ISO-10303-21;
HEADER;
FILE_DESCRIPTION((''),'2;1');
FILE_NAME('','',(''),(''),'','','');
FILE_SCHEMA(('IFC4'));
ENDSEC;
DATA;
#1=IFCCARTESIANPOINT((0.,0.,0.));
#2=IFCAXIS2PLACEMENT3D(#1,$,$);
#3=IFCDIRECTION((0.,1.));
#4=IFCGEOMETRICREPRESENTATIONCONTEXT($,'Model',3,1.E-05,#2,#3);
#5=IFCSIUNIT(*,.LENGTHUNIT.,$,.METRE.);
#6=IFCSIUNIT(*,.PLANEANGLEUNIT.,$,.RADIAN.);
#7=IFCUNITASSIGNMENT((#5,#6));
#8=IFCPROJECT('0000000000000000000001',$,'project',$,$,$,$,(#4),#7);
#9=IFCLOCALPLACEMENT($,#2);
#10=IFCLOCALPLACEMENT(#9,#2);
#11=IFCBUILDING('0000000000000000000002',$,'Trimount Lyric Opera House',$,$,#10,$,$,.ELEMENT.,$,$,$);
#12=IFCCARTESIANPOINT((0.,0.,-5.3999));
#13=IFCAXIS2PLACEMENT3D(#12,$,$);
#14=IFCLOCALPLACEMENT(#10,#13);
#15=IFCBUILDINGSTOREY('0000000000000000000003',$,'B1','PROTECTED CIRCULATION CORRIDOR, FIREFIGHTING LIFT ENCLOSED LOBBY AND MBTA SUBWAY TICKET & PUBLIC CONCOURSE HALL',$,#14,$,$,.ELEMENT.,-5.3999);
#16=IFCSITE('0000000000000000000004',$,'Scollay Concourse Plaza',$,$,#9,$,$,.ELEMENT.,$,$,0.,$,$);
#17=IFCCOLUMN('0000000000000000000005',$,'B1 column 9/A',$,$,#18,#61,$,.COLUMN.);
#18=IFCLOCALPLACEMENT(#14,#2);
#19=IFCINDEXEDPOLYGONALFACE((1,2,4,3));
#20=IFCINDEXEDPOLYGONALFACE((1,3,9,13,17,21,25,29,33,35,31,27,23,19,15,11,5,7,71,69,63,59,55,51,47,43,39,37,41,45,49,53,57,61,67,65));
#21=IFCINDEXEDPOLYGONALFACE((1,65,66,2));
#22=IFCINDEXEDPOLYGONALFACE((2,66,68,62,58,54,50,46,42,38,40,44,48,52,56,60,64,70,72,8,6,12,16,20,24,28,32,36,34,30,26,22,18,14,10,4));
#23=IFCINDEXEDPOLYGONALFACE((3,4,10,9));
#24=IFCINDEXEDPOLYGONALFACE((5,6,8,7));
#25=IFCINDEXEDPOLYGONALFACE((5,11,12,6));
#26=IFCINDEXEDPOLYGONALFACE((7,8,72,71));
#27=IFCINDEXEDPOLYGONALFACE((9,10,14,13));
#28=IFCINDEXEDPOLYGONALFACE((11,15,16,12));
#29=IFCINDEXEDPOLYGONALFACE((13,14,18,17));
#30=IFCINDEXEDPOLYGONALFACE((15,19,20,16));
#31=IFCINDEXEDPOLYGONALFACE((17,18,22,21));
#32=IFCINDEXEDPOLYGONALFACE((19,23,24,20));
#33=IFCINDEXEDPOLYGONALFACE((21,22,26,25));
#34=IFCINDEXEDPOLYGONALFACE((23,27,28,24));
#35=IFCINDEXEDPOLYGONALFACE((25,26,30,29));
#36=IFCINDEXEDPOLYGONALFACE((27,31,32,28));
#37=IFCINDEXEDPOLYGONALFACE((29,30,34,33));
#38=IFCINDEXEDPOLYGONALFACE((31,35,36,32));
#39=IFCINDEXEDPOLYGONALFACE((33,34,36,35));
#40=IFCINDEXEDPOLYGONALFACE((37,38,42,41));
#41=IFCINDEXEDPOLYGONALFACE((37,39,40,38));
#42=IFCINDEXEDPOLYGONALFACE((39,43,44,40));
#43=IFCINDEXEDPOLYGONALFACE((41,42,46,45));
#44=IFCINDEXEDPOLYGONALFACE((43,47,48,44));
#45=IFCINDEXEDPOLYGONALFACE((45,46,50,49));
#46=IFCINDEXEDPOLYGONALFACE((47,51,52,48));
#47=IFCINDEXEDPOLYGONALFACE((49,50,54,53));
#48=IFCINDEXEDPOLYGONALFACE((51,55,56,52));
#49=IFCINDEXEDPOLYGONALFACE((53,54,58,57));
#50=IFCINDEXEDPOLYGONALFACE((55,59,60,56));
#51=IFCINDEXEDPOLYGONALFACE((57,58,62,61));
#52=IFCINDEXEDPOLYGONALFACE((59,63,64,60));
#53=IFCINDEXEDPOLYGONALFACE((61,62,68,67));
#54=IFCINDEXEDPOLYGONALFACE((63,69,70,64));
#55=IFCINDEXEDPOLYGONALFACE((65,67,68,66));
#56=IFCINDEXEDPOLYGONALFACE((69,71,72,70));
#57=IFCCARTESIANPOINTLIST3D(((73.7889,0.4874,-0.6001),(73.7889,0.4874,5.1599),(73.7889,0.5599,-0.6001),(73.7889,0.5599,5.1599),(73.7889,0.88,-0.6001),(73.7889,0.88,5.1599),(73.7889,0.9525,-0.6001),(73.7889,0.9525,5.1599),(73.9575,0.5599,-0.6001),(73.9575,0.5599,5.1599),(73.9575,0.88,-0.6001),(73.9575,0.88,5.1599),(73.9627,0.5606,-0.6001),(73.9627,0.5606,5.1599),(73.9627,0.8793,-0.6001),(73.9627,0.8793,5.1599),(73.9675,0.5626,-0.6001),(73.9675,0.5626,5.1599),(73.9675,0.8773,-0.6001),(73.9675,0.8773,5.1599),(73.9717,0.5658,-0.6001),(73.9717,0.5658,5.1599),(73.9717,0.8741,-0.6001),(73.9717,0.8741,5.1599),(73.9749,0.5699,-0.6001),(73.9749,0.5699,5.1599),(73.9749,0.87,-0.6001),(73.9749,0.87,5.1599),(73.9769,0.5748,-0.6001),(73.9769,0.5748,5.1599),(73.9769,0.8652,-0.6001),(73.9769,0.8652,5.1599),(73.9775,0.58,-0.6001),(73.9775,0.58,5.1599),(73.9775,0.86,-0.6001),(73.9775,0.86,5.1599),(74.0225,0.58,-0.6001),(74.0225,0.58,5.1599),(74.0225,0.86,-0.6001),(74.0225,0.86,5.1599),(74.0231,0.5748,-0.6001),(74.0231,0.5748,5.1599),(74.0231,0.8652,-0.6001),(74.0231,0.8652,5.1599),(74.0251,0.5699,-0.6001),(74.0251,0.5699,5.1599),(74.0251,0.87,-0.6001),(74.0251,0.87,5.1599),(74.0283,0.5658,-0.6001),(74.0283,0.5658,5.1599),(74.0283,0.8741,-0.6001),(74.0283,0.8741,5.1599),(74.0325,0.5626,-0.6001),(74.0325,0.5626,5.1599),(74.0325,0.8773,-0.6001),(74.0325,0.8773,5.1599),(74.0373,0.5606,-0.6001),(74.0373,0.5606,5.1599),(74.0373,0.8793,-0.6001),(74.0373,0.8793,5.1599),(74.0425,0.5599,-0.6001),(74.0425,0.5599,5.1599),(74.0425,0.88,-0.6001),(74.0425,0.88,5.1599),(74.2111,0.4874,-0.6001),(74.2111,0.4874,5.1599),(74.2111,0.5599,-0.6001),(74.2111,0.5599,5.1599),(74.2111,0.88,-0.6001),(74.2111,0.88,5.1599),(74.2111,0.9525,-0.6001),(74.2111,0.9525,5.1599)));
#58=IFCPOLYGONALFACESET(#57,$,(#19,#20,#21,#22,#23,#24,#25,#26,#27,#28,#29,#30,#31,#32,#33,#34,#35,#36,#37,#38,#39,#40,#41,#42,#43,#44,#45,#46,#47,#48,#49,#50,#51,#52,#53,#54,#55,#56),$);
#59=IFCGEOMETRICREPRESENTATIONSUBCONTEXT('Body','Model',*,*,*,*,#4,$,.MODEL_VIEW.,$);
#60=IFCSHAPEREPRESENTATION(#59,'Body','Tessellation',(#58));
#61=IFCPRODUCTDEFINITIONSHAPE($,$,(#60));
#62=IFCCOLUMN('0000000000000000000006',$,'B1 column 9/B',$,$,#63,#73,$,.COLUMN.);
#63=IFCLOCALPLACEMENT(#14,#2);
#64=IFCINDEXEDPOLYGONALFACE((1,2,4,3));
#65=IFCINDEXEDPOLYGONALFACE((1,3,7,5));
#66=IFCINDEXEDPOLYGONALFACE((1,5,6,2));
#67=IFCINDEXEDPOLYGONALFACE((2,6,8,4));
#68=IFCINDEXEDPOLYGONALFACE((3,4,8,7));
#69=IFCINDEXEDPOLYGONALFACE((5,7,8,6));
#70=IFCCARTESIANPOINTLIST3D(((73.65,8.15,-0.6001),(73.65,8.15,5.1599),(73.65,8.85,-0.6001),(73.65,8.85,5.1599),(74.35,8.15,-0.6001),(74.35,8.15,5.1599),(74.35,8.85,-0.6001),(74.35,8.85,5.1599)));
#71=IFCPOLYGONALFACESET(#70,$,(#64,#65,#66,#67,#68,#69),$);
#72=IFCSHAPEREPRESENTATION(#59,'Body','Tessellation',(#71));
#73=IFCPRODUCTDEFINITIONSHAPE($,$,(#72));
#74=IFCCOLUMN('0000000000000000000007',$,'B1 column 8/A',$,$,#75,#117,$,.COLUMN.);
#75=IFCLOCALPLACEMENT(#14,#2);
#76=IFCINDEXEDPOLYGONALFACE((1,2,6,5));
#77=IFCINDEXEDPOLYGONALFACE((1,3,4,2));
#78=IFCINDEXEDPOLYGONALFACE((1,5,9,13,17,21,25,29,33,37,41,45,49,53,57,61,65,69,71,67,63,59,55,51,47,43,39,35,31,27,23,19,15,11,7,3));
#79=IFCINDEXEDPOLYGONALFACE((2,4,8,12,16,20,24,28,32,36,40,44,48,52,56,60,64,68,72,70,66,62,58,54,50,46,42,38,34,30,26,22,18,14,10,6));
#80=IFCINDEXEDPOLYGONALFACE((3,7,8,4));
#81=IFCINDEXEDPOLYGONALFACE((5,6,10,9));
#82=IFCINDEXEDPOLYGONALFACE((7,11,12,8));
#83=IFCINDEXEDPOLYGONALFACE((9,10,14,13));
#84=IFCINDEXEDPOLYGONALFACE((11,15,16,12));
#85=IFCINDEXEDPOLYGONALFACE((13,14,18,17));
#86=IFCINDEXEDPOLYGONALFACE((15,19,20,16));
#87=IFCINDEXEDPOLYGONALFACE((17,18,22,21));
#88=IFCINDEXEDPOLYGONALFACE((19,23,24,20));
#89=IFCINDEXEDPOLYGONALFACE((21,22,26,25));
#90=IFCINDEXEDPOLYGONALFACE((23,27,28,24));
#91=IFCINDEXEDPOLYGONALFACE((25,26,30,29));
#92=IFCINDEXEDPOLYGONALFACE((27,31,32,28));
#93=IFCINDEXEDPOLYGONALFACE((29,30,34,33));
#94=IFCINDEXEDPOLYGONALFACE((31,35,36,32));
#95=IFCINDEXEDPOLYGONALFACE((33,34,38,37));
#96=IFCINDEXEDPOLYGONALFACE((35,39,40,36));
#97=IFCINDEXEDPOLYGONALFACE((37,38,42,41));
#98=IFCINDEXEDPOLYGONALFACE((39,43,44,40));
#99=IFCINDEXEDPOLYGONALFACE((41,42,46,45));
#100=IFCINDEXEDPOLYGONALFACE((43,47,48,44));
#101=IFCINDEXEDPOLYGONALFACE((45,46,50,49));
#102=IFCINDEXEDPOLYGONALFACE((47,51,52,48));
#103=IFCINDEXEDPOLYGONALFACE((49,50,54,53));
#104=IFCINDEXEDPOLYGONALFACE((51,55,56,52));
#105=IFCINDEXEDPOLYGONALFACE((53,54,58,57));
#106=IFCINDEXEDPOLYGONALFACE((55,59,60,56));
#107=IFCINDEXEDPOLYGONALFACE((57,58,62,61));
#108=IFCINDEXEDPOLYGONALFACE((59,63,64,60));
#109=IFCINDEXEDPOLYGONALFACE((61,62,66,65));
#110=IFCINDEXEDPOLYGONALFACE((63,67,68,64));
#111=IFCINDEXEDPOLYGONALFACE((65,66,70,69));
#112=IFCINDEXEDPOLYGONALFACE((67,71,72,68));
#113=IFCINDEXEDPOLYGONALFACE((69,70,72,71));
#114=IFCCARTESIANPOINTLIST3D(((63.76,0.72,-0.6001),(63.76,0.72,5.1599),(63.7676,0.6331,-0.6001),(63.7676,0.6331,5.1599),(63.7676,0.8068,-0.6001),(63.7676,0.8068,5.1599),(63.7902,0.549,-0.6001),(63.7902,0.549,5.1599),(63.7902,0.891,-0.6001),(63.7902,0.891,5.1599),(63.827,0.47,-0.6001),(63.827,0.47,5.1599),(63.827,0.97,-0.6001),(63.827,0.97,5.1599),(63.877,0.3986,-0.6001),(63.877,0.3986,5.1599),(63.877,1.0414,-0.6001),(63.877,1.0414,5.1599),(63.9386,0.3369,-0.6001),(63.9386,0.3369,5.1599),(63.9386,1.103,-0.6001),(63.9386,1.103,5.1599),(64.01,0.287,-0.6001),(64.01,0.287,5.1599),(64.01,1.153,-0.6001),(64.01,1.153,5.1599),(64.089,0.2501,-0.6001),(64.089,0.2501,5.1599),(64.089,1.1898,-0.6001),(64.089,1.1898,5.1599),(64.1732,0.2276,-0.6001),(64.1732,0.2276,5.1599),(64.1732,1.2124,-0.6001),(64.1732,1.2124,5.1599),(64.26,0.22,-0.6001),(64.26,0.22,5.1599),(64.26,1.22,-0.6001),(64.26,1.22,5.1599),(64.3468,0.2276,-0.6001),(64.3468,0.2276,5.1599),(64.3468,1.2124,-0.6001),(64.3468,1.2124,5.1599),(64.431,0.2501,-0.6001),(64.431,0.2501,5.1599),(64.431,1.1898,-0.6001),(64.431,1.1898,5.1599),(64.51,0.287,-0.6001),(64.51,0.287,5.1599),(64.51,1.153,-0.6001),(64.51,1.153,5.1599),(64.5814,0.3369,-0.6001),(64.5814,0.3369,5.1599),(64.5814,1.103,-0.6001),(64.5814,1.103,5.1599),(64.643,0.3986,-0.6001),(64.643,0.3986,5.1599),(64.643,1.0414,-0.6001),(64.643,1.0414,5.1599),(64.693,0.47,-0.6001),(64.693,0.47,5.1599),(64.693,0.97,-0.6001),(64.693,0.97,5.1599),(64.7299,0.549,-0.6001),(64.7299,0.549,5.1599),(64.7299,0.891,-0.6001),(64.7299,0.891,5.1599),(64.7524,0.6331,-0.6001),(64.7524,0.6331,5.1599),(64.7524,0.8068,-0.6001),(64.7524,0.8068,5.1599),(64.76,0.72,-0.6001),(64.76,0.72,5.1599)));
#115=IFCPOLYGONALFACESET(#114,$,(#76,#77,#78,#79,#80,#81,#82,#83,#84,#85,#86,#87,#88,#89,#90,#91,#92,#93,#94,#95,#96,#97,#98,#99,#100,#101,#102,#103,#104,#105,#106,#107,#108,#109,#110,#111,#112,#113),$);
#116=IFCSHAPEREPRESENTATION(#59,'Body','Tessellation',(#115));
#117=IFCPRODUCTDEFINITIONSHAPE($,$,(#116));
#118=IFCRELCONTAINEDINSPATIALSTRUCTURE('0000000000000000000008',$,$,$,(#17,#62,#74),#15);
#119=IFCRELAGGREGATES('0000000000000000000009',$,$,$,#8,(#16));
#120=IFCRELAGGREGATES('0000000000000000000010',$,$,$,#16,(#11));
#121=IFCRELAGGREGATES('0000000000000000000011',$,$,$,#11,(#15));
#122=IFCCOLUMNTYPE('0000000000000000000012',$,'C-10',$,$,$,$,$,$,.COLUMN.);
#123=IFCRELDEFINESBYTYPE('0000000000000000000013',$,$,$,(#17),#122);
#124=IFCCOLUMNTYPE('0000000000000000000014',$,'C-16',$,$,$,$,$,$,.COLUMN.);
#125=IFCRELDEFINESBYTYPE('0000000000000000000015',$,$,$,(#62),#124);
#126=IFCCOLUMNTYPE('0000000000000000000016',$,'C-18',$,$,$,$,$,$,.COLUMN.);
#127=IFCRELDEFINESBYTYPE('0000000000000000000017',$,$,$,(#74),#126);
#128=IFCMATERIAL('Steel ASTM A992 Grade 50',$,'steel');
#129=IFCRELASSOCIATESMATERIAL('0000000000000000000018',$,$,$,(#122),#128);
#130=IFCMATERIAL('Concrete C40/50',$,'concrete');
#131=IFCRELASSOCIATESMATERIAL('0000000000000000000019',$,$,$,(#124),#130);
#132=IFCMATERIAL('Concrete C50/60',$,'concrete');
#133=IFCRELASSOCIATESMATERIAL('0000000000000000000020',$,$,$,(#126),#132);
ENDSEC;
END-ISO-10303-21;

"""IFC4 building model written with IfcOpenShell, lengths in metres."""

from ifc_helpers import new_model, si_unit, direction, frame, origin, origin_2d, place, context, subcontext, project, spatial, rectangle, circle, i_section, extrude, material, material_profile, profile_set, type_object, element, save


model = new_model("IFC4")

# Units and contexts
model_context = context("Model", 3, precision=1e-05, world=origin(), true_north=direction((0.0, 1.0)))
body_context = subcontext(model_context, "Body", "Model", "MODEL_VIEW")
ifc_project = project(units=[si_unit("LENGTHUNIT", "METRE"), si_unit("PLANEANGLEUNIT", "RADIAN")], contexts=[model_context])

# Site, building, storey
site_placement = place(None, origin())
site = spatial("IfcSite", under=ifc_project, at=site_placement, Name="Scollay Concourse Plaza", CompositionType="ELEMENT", RefElevation=0.0)
building_placement = place(site_placement, origin())
building = spatial("IfcBuilding", under=site, at=building_placement, Name="Trimount Lyric Opera House", CompositionType="ELEMENT")
storey_placement = place(building_placement, frame((0.0, 0.0, -5.3999)))
storey = spatial("IfcBuildingStorey", under=building, at=storey_placement, Name="B1", Description="PROTECTED CIRCULATION CORRIDOR, FIREFIGHTING LIFT ENCLOSED LOBBY AND MBTA SUBWAY TICKET & PUBLIC CONCOURSE HALL", CompositionType="ELEMENT", Elevation=-5.3999)

# Columns
ifc_material_1 = material(Name="Steel ASTM A992 Grade 50", Category="steel")
ifc_material_profile_1 = material_profile(ifc_material_1, i_section(OverallWidth=0.4221, OverallDepth=0.4651, WebThickness=0.0449, FlangeThickness=0.0725, FilletRadius=0.02, at=origin_2d()), Name="W14X398")
ifc_profile_set_1 = profile_set([ifc_material_profile_1], Name="Steel ASTM A992 Grade 50")
column_type_1 = type_object("IfcColumnType", Name="C-10", PredefinedType="COLUMN", material=ifc_profile_set_1)
for number, where, z_axis, x_axis, name in (
    (1, (74.0, 0.72, -0.6001), (0.0, 0.0, 1.0), (1.0, 0.0, 0.0), "B1 column 9/A"),
):
    element("IfcColumn", number, at=place(storey_placement, frame(where, z_axis=z_axis, x_axis=x_axis)), inside=storey, type_object=column_type_1, Name=name, PredefinedType="COLUMN", context=body_context, shape_type="SweptSolid", body=[
        extrude(i_section(OverallWidth=0.4221, OverallDepth=0.4651, WebThickness=0.0449, FlangeThickness=0.0725, FilletRadius=0.02, at=origin_2d()), origin(), (0.0, 0.0, 1.0), 5.76),
    ])
ifc_material_2 = material(Name="Concrete C40/50", Category="concrete")
ifc_material_profile_2 = material_profile(ifc_material_2, rectangle(XDim=0.7, YDim=0.7, at=origin_2d()), Name="RC700X700")
ifc_profile_set_2 = profile_set([ifc_material_profile_2], Name="Concrete C40/50")
column_type_2 = type_object("IfcColumnType", Name="C-16", PredefinedType="COLUMN", material=ifc_profile_set_2)
column_1_placement = place(storey_placement, frame((74.0, 8.5, -0.6001), z_axis=(0.0, 0.0, 1.0), x_axis=(1.0, 0.0, 0.0)))
element("IfcColumn", 2, at=column_1_placement, inside=storey, type_object=column_type_2, Name="B1 column 9/B", PredefinedType="COLUMN", context=body_context, shape_type="SweptSolid", body=[
    extrude(rectangle(XDim=0.7, YDim=0.7, at=origin_2d()), origin(), (0.0, 0.0, 1.0), 5.76),
])
ifc_material_3 = material(Name="Concrete C50/60", Category="concrete")
ifc_material_profile_3 = material_profile(ifc_material_3, circle(Radius=0.5, at=origin_2d()), Name="RC-D1000")
ifc_profile_set_3 = profile_set([ifc_material_profile_3], Name="Concrete C50/60")
column_type_3 = type_object("IfcColumnType", Name="C-18", PredefinedType="COLUMN", material=ifc_profile_set_3)
column_2_placement = place(storey_placement, frame((64.26, 0.72, -0.6001), z_axis=(0.0, 0.0, 1.0), x_axis=(1.0, 0.0, 0.0)))
element("IfcColumn", 3, at=column_2_placement, inside=storey, type_object=column_type_3, Name="B1 column 8/A", PredefinedType="COLUMN", context=body_context, shape_type="SweptSolid", body=[
    extrude(circle(Radius=0.5, at=origin_2d()), origin(), (0.0, 0.0, 1.0), 5.76),
])

save(model, "model.ifc")
